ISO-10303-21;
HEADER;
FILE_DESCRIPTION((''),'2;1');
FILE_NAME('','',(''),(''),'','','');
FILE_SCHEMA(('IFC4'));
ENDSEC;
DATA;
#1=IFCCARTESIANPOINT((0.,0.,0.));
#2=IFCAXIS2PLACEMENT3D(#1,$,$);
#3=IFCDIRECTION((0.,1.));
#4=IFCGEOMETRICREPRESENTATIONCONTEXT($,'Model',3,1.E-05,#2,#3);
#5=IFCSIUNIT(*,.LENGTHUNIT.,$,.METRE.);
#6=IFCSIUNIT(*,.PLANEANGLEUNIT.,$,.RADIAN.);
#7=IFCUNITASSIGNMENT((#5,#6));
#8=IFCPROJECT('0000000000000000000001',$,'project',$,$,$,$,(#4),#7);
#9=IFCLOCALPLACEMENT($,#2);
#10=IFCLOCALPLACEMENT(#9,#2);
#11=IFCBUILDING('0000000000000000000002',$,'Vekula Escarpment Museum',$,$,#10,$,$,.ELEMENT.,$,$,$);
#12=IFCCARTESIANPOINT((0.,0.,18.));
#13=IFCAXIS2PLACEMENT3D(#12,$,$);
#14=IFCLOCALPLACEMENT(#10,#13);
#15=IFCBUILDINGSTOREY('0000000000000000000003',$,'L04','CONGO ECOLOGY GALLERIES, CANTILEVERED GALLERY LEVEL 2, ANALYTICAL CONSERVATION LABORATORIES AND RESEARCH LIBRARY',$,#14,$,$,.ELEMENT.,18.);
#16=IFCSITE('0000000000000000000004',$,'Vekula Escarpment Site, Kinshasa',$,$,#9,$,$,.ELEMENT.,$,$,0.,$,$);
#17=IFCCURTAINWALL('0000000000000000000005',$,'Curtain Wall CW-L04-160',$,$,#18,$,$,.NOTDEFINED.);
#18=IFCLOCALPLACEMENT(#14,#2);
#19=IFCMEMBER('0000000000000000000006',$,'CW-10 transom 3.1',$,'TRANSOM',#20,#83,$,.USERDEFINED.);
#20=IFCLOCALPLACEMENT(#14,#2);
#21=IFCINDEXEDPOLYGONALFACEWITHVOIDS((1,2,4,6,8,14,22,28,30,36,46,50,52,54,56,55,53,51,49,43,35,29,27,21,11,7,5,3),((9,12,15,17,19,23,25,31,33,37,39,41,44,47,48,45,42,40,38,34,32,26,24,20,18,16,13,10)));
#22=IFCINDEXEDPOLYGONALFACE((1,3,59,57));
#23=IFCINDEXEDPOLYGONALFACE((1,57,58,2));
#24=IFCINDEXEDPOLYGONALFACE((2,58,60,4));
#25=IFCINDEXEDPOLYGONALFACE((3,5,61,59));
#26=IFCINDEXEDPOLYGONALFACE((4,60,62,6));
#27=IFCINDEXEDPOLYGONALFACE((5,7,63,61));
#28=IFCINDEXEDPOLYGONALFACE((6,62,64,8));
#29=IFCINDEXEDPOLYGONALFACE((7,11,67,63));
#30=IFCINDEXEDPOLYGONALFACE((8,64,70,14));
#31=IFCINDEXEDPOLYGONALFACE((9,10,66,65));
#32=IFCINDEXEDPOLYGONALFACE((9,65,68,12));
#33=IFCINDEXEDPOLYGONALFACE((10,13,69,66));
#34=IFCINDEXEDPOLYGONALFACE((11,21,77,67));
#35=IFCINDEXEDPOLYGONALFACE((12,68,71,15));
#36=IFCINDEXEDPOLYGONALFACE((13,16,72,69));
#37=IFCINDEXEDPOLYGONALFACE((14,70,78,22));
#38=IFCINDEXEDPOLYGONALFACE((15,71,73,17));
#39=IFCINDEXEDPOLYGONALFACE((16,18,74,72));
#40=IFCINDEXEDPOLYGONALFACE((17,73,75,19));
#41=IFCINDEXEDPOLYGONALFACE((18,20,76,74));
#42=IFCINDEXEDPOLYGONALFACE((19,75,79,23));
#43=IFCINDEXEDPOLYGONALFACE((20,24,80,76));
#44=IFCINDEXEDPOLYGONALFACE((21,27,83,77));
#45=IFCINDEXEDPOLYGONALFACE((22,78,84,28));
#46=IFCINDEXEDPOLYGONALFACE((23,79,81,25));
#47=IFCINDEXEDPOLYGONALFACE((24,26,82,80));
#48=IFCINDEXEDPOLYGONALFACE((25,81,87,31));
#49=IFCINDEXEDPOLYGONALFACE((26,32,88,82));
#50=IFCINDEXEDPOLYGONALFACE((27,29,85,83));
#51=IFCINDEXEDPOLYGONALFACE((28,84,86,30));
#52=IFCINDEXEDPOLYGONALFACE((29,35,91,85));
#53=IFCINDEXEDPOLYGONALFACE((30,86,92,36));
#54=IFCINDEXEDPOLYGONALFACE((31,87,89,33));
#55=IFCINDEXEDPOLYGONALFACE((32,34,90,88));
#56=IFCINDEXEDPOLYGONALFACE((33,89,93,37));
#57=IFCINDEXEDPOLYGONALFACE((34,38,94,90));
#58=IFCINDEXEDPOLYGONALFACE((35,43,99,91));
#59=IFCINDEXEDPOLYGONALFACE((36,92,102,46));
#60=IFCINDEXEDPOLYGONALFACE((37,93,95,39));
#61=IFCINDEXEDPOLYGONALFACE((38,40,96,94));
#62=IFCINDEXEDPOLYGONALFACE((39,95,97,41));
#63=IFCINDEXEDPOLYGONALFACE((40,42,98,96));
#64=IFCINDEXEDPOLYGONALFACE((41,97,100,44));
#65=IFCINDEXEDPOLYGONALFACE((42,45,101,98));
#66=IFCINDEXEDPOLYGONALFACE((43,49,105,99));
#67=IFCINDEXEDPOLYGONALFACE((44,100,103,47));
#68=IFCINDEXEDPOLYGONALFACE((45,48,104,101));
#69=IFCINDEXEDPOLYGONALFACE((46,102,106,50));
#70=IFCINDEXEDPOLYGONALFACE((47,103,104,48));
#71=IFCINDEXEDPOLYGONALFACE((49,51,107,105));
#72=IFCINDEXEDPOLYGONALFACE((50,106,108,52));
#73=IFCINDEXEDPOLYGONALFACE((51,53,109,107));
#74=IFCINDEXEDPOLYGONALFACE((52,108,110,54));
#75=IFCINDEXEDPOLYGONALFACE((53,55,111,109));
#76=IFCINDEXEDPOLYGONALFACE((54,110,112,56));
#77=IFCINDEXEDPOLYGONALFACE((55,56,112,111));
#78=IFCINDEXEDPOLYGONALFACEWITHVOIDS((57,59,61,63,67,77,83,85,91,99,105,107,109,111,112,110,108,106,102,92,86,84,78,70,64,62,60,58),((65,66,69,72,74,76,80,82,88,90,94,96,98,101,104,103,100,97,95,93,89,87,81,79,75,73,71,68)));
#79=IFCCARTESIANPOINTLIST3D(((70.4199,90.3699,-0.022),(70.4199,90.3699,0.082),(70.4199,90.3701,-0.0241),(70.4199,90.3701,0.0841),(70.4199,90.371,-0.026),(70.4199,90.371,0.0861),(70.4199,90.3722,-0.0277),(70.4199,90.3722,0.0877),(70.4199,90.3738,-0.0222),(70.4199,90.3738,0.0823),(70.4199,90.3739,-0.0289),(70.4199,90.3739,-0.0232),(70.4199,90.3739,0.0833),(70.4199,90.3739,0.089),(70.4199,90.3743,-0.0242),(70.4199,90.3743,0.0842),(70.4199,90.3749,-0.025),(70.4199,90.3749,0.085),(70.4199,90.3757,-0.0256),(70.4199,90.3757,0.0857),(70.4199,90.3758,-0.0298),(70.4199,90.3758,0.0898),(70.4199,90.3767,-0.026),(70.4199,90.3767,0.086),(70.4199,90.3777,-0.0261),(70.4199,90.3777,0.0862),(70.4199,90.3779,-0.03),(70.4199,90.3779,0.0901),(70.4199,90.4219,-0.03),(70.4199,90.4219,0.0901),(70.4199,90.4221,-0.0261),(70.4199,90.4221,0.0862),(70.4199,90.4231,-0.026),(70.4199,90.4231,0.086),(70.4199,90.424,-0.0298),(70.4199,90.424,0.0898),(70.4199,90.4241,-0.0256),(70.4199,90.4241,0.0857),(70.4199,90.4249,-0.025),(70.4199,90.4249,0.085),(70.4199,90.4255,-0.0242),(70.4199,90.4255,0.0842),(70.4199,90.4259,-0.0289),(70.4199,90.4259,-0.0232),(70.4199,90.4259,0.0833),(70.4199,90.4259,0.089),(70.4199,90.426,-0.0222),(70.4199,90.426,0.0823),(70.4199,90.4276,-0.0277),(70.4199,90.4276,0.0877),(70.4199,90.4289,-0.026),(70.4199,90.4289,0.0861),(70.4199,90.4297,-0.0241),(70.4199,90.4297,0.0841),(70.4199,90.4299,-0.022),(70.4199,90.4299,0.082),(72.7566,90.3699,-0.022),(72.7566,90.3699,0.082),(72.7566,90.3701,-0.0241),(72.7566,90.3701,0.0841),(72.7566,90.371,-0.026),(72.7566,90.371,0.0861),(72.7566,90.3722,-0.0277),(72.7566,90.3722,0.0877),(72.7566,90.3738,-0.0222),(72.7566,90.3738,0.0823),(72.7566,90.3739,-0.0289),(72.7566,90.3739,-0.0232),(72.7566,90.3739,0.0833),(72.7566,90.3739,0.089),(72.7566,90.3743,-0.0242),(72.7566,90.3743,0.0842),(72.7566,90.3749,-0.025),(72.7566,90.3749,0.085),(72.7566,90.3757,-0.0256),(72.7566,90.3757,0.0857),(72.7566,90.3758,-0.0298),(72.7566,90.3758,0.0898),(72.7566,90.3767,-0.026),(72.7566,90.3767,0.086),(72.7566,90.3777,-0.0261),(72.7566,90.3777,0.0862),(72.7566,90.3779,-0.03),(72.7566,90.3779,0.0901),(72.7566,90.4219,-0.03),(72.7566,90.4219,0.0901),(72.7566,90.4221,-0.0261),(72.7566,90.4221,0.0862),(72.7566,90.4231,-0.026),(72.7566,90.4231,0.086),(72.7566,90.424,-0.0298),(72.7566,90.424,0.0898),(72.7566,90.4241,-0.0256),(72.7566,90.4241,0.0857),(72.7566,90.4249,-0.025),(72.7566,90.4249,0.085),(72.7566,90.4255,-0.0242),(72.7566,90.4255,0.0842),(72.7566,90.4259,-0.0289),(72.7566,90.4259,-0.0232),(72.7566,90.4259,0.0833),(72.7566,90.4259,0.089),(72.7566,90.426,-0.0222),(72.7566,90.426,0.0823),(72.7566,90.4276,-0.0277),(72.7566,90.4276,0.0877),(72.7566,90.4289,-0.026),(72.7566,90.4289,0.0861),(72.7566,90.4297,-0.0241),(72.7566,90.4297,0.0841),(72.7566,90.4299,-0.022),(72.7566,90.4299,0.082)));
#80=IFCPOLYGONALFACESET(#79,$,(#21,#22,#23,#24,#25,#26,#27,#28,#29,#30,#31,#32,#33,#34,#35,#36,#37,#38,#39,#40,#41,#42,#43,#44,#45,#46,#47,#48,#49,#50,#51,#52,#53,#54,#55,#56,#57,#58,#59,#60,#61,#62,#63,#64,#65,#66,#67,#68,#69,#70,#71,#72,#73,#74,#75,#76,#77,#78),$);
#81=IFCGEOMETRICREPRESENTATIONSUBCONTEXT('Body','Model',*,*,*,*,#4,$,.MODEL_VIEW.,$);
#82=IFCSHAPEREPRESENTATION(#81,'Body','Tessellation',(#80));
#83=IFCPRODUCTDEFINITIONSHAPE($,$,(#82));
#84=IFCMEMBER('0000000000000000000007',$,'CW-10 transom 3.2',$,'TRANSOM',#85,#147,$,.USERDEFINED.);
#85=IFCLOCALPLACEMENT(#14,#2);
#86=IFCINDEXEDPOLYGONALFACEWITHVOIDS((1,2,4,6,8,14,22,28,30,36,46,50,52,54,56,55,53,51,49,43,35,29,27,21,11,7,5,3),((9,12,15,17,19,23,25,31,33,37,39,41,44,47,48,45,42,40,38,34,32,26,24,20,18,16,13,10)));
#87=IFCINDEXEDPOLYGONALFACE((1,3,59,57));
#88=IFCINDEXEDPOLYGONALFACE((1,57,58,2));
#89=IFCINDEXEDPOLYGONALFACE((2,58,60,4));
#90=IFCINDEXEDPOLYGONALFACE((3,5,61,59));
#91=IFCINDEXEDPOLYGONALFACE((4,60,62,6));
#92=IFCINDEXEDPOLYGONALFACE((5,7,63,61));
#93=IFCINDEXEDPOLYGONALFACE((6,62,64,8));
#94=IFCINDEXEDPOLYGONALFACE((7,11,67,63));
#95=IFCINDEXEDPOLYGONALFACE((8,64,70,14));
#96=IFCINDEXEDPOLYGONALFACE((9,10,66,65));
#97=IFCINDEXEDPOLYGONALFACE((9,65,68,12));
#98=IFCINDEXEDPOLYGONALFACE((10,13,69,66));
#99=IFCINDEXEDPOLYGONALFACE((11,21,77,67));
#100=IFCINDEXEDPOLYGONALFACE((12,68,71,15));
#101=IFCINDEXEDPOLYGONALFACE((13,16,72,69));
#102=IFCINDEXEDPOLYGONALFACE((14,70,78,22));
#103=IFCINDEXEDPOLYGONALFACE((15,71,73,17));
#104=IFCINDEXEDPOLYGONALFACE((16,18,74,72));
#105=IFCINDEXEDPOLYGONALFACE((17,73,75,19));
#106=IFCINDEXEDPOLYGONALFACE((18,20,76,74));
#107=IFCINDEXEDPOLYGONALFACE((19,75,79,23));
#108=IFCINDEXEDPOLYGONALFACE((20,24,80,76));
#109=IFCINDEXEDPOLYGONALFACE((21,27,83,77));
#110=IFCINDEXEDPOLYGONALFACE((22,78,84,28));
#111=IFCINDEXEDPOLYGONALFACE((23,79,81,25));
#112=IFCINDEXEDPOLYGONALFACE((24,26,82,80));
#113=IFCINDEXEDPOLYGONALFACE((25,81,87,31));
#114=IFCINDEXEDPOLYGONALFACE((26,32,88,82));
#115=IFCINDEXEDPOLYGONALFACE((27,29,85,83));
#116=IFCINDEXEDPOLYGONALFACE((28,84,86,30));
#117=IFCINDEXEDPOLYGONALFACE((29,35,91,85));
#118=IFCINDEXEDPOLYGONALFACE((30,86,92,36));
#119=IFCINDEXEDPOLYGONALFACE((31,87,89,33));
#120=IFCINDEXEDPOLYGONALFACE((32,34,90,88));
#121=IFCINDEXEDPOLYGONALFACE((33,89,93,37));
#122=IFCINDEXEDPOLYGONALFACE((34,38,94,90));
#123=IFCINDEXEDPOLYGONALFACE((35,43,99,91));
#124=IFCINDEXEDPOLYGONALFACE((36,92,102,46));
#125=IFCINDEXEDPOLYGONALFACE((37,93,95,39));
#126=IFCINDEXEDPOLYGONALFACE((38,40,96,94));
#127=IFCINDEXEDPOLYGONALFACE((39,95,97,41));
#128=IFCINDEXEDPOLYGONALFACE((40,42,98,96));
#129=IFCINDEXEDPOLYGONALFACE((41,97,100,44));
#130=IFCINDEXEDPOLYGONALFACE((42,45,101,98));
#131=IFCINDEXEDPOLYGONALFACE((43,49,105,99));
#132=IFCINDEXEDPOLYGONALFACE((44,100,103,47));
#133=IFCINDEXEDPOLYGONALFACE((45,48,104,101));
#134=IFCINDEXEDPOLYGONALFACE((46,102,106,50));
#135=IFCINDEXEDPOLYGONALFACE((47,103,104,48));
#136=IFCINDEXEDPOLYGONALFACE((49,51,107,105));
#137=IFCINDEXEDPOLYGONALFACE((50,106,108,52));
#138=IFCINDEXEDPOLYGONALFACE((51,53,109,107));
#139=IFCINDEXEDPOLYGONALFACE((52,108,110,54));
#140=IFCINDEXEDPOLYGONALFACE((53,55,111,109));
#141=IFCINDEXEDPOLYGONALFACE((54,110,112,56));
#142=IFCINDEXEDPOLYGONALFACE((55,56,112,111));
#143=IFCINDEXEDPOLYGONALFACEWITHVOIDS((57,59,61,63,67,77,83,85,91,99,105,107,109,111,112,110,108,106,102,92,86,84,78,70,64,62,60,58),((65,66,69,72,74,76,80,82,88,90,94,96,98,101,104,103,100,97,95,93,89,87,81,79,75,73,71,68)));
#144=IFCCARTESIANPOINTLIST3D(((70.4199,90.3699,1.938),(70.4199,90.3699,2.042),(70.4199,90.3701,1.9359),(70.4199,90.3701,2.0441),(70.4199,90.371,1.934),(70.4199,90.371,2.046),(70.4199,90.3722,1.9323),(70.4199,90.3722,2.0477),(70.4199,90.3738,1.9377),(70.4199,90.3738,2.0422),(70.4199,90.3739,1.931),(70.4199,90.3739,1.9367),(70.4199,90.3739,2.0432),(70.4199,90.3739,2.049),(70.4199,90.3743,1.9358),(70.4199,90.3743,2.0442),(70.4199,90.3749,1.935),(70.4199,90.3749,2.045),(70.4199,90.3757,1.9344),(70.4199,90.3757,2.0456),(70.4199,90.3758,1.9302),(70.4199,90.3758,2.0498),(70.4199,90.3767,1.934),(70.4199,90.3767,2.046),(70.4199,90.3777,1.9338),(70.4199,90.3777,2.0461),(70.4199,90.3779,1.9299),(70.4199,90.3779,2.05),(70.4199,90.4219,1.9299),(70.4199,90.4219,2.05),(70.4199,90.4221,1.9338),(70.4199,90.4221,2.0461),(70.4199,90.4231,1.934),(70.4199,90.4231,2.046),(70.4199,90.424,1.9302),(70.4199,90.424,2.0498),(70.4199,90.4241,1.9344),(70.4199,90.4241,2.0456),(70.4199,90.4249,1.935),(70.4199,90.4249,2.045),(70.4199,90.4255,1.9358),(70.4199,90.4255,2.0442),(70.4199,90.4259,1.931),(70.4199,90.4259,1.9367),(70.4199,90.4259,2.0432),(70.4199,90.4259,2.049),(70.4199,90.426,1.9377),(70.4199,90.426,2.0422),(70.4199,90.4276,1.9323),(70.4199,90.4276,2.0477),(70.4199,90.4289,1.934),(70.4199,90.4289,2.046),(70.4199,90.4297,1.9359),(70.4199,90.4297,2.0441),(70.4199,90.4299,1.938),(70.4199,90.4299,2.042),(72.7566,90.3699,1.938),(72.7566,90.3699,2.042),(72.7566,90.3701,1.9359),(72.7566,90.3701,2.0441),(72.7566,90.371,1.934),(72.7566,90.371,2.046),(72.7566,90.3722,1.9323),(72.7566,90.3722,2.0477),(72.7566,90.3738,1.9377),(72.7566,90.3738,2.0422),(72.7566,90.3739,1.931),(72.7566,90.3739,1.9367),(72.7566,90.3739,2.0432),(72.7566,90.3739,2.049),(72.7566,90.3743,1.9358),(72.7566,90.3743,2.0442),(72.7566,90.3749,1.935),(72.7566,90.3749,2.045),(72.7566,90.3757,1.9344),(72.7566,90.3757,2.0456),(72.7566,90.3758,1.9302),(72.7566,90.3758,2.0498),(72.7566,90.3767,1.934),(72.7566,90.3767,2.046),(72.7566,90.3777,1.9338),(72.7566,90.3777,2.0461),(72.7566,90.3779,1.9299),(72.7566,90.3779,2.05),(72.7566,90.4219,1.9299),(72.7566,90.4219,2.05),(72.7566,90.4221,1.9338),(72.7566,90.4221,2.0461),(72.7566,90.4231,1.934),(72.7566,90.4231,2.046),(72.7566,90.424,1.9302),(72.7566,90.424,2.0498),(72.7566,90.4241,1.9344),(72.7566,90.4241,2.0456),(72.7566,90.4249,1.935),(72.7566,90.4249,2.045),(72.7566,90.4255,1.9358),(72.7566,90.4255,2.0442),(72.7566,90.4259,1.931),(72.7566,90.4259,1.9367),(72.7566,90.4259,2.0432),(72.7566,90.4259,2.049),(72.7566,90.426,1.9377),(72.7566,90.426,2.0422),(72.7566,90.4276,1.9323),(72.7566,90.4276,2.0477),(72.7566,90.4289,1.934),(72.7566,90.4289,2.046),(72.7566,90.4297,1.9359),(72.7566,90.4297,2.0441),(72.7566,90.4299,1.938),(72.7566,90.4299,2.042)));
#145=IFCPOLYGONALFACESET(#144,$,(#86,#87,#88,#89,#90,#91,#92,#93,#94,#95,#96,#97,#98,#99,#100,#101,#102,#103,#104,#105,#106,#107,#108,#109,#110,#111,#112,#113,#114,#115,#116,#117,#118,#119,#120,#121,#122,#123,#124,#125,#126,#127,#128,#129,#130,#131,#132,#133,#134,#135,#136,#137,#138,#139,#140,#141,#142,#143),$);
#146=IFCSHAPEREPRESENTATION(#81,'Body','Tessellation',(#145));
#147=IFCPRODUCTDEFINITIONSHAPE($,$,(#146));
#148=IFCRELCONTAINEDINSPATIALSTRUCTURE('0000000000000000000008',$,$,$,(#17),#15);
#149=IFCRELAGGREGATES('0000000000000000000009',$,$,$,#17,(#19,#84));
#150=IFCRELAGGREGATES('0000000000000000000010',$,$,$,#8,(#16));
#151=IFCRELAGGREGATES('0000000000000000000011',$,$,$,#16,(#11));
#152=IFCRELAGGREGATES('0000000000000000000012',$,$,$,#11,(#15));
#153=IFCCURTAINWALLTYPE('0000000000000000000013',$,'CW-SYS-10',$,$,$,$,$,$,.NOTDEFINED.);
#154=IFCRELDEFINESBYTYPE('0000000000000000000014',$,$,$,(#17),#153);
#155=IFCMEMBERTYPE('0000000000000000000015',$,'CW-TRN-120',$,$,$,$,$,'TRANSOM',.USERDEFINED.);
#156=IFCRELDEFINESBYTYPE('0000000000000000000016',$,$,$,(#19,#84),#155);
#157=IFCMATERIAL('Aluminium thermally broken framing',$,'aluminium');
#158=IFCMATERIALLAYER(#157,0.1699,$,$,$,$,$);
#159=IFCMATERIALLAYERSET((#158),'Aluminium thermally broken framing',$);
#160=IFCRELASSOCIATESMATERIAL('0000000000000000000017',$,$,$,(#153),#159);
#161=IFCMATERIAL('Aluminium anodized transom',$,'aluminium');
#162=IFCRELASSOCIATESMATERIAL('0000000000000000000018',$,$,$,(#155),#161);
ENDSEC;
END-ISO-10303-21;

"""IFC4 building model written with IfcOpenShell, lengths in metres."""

from ifc_helpers import new_model, si_unit, direction, frame, origin, origin_2d, place, context, subcontext, project, spatial, hollow_rectangle, extrude, material, layer, layer_set, material_profile, profile_set, type_object, element, aggregate, save


model = new_model("IFC4")

# Units and contexts
model_context = context("Model", 3, precision=1e-05, world=origin(), true_north=direction((0.0, 1.0)))
body_context = subcontext(model_context, "Body", "Model", "MODEL_VIEW")
ifc_project = project(units=[si_unit("LENGTHUNIT", "METRE"), si_unit("PLANEANGLEUNIT", "RADIAN")], contexts=[model_context])

# Site, building, storey
site_placement = place(None, origin())
site = spatial("IfcSite", under=ifc_project, at=site_placement, Name="Vekula Escarpment Site, Kinshasa", CompositionType="ELEMENT", RefElevation=0.0)
building_placement = place(site_placement, origin())
building = spatial("IfcBuilding", under=site, at=building_placement, Name="Vekula Escarpment Museum", CompositionType="ELEMENT")
storey_placement = place(building_placement, frame((0.0, 0.0, 18.0)))
storey = spatial("IfcBuildingStorey", under=building, at=storey_placement, Name="L04", Description="CONGO ECOLOGY GALLERIES, CANTILEVERED GALLERY LEVEL 2, ANALYTICAL CONSERVATION LABORATORIES AND RESEARCH LIBRARY", CompositionType="ELEMENT", Elevation=18.0)

# Curtain wall
ifc_material_1 = material(Name="Aluminium thermally broken framing", Category="aluminium")
ifc_layer_1 = layer(ifc_material_1, 0.1699)
ifc_layer_set_1 = layer_set([ifc_layer_1], Name="Aluminium thermally broken framing")
curtain_wall_type_1 = type_object("IfcCurtainWallType", Name="CW-SYS-10", PredefinedType="NOTDEFINED", material=ifc_layer_set_1)
curtain_wall_1_placement = place(storey_placement, origin())
curtain_wall_1 = element("IfcCurtainWall", 1, at=curtain_wall_1_placement, inside=storey, type_object=curtain_wall_type_1, Name="Curtain Wall CW-L04-160", PredefinedType="NOTDEFINED")

# Members
ifc_material_2 = material(Name="Aluminium anodized transom", Category="aluminium")
ifc_material_profile_1 = material_profile(ifc_material_2, hollow_rectangle(XDim=0.0601, YDim=0.1201, WallThickness=0.0039, InnerFilletRadius=0.0039, OuterFilletRadius=0.0081, at=origin_2d()), Name="ALU 120x60x4")
ifc_profile_set_1 = profile_set([ifc_material_profile_1], Name="Aluminium anodized transom")
member_type_1 = type_object("IfcMemberType", Name="CW-TRN-120", ElementType="TRANSOM", PredefinedType="USERDEFINED", material=ifc_profile_set_1)
member_1_placement = place(storey_placement, frame((72.7566, 90.3999, 0.03), z_axis=(-1.0, 0.0, 0.0), x_axis=(0.0, -1.0, 0.0)))
member_1 = element("IfcMember", 2, at=member_1_placement, type_object=member_type_1, Name="CW-10 transom 3.1", ObjectType="TRANSOM", PredefinedType="USERDEFINED", context=body_context, shape_type="SweptSolid", body=[
    extrude(hollow_rectangle(XDim=0.0601, YDim=0.1201, WallThickness=0.0039, InnerFilletRadius=0.0039, OuterFilletRadius=0.0081, at=origin_2d()), origin(), (0.0, 0.0, 1.0), 2.3367),
])
member_2_placement = place(storey_placement, frame((72.7566, 90.3999, 1.99), z_axis=(-1.0, 0.0, 0.0), x_axis=(0.0, -1.0, 0.0)))
member_2 = element("IfcMember", 3, at=member_2_placement, type_object=member_type_1, Name="CW-10 transom 3.2", ObjectType="TRANSOM", PredefinedType="USERDEFINED", context=body_context, shape_type="SweptSolid", body=[
    extrude(hollow_rectangle(XDim=0.0601, YDim=0.1201, WallThickness=0.0039, InnerFilletRadius=0.0039, OuterFilletRadius=0.0081, at=origin_2d()), origin(), (0.0, 0.0, 1.0), 2.3367),
])

aggregate(curtain_wall_1, [member_1, member_2])

save(model, "model.ifc")
